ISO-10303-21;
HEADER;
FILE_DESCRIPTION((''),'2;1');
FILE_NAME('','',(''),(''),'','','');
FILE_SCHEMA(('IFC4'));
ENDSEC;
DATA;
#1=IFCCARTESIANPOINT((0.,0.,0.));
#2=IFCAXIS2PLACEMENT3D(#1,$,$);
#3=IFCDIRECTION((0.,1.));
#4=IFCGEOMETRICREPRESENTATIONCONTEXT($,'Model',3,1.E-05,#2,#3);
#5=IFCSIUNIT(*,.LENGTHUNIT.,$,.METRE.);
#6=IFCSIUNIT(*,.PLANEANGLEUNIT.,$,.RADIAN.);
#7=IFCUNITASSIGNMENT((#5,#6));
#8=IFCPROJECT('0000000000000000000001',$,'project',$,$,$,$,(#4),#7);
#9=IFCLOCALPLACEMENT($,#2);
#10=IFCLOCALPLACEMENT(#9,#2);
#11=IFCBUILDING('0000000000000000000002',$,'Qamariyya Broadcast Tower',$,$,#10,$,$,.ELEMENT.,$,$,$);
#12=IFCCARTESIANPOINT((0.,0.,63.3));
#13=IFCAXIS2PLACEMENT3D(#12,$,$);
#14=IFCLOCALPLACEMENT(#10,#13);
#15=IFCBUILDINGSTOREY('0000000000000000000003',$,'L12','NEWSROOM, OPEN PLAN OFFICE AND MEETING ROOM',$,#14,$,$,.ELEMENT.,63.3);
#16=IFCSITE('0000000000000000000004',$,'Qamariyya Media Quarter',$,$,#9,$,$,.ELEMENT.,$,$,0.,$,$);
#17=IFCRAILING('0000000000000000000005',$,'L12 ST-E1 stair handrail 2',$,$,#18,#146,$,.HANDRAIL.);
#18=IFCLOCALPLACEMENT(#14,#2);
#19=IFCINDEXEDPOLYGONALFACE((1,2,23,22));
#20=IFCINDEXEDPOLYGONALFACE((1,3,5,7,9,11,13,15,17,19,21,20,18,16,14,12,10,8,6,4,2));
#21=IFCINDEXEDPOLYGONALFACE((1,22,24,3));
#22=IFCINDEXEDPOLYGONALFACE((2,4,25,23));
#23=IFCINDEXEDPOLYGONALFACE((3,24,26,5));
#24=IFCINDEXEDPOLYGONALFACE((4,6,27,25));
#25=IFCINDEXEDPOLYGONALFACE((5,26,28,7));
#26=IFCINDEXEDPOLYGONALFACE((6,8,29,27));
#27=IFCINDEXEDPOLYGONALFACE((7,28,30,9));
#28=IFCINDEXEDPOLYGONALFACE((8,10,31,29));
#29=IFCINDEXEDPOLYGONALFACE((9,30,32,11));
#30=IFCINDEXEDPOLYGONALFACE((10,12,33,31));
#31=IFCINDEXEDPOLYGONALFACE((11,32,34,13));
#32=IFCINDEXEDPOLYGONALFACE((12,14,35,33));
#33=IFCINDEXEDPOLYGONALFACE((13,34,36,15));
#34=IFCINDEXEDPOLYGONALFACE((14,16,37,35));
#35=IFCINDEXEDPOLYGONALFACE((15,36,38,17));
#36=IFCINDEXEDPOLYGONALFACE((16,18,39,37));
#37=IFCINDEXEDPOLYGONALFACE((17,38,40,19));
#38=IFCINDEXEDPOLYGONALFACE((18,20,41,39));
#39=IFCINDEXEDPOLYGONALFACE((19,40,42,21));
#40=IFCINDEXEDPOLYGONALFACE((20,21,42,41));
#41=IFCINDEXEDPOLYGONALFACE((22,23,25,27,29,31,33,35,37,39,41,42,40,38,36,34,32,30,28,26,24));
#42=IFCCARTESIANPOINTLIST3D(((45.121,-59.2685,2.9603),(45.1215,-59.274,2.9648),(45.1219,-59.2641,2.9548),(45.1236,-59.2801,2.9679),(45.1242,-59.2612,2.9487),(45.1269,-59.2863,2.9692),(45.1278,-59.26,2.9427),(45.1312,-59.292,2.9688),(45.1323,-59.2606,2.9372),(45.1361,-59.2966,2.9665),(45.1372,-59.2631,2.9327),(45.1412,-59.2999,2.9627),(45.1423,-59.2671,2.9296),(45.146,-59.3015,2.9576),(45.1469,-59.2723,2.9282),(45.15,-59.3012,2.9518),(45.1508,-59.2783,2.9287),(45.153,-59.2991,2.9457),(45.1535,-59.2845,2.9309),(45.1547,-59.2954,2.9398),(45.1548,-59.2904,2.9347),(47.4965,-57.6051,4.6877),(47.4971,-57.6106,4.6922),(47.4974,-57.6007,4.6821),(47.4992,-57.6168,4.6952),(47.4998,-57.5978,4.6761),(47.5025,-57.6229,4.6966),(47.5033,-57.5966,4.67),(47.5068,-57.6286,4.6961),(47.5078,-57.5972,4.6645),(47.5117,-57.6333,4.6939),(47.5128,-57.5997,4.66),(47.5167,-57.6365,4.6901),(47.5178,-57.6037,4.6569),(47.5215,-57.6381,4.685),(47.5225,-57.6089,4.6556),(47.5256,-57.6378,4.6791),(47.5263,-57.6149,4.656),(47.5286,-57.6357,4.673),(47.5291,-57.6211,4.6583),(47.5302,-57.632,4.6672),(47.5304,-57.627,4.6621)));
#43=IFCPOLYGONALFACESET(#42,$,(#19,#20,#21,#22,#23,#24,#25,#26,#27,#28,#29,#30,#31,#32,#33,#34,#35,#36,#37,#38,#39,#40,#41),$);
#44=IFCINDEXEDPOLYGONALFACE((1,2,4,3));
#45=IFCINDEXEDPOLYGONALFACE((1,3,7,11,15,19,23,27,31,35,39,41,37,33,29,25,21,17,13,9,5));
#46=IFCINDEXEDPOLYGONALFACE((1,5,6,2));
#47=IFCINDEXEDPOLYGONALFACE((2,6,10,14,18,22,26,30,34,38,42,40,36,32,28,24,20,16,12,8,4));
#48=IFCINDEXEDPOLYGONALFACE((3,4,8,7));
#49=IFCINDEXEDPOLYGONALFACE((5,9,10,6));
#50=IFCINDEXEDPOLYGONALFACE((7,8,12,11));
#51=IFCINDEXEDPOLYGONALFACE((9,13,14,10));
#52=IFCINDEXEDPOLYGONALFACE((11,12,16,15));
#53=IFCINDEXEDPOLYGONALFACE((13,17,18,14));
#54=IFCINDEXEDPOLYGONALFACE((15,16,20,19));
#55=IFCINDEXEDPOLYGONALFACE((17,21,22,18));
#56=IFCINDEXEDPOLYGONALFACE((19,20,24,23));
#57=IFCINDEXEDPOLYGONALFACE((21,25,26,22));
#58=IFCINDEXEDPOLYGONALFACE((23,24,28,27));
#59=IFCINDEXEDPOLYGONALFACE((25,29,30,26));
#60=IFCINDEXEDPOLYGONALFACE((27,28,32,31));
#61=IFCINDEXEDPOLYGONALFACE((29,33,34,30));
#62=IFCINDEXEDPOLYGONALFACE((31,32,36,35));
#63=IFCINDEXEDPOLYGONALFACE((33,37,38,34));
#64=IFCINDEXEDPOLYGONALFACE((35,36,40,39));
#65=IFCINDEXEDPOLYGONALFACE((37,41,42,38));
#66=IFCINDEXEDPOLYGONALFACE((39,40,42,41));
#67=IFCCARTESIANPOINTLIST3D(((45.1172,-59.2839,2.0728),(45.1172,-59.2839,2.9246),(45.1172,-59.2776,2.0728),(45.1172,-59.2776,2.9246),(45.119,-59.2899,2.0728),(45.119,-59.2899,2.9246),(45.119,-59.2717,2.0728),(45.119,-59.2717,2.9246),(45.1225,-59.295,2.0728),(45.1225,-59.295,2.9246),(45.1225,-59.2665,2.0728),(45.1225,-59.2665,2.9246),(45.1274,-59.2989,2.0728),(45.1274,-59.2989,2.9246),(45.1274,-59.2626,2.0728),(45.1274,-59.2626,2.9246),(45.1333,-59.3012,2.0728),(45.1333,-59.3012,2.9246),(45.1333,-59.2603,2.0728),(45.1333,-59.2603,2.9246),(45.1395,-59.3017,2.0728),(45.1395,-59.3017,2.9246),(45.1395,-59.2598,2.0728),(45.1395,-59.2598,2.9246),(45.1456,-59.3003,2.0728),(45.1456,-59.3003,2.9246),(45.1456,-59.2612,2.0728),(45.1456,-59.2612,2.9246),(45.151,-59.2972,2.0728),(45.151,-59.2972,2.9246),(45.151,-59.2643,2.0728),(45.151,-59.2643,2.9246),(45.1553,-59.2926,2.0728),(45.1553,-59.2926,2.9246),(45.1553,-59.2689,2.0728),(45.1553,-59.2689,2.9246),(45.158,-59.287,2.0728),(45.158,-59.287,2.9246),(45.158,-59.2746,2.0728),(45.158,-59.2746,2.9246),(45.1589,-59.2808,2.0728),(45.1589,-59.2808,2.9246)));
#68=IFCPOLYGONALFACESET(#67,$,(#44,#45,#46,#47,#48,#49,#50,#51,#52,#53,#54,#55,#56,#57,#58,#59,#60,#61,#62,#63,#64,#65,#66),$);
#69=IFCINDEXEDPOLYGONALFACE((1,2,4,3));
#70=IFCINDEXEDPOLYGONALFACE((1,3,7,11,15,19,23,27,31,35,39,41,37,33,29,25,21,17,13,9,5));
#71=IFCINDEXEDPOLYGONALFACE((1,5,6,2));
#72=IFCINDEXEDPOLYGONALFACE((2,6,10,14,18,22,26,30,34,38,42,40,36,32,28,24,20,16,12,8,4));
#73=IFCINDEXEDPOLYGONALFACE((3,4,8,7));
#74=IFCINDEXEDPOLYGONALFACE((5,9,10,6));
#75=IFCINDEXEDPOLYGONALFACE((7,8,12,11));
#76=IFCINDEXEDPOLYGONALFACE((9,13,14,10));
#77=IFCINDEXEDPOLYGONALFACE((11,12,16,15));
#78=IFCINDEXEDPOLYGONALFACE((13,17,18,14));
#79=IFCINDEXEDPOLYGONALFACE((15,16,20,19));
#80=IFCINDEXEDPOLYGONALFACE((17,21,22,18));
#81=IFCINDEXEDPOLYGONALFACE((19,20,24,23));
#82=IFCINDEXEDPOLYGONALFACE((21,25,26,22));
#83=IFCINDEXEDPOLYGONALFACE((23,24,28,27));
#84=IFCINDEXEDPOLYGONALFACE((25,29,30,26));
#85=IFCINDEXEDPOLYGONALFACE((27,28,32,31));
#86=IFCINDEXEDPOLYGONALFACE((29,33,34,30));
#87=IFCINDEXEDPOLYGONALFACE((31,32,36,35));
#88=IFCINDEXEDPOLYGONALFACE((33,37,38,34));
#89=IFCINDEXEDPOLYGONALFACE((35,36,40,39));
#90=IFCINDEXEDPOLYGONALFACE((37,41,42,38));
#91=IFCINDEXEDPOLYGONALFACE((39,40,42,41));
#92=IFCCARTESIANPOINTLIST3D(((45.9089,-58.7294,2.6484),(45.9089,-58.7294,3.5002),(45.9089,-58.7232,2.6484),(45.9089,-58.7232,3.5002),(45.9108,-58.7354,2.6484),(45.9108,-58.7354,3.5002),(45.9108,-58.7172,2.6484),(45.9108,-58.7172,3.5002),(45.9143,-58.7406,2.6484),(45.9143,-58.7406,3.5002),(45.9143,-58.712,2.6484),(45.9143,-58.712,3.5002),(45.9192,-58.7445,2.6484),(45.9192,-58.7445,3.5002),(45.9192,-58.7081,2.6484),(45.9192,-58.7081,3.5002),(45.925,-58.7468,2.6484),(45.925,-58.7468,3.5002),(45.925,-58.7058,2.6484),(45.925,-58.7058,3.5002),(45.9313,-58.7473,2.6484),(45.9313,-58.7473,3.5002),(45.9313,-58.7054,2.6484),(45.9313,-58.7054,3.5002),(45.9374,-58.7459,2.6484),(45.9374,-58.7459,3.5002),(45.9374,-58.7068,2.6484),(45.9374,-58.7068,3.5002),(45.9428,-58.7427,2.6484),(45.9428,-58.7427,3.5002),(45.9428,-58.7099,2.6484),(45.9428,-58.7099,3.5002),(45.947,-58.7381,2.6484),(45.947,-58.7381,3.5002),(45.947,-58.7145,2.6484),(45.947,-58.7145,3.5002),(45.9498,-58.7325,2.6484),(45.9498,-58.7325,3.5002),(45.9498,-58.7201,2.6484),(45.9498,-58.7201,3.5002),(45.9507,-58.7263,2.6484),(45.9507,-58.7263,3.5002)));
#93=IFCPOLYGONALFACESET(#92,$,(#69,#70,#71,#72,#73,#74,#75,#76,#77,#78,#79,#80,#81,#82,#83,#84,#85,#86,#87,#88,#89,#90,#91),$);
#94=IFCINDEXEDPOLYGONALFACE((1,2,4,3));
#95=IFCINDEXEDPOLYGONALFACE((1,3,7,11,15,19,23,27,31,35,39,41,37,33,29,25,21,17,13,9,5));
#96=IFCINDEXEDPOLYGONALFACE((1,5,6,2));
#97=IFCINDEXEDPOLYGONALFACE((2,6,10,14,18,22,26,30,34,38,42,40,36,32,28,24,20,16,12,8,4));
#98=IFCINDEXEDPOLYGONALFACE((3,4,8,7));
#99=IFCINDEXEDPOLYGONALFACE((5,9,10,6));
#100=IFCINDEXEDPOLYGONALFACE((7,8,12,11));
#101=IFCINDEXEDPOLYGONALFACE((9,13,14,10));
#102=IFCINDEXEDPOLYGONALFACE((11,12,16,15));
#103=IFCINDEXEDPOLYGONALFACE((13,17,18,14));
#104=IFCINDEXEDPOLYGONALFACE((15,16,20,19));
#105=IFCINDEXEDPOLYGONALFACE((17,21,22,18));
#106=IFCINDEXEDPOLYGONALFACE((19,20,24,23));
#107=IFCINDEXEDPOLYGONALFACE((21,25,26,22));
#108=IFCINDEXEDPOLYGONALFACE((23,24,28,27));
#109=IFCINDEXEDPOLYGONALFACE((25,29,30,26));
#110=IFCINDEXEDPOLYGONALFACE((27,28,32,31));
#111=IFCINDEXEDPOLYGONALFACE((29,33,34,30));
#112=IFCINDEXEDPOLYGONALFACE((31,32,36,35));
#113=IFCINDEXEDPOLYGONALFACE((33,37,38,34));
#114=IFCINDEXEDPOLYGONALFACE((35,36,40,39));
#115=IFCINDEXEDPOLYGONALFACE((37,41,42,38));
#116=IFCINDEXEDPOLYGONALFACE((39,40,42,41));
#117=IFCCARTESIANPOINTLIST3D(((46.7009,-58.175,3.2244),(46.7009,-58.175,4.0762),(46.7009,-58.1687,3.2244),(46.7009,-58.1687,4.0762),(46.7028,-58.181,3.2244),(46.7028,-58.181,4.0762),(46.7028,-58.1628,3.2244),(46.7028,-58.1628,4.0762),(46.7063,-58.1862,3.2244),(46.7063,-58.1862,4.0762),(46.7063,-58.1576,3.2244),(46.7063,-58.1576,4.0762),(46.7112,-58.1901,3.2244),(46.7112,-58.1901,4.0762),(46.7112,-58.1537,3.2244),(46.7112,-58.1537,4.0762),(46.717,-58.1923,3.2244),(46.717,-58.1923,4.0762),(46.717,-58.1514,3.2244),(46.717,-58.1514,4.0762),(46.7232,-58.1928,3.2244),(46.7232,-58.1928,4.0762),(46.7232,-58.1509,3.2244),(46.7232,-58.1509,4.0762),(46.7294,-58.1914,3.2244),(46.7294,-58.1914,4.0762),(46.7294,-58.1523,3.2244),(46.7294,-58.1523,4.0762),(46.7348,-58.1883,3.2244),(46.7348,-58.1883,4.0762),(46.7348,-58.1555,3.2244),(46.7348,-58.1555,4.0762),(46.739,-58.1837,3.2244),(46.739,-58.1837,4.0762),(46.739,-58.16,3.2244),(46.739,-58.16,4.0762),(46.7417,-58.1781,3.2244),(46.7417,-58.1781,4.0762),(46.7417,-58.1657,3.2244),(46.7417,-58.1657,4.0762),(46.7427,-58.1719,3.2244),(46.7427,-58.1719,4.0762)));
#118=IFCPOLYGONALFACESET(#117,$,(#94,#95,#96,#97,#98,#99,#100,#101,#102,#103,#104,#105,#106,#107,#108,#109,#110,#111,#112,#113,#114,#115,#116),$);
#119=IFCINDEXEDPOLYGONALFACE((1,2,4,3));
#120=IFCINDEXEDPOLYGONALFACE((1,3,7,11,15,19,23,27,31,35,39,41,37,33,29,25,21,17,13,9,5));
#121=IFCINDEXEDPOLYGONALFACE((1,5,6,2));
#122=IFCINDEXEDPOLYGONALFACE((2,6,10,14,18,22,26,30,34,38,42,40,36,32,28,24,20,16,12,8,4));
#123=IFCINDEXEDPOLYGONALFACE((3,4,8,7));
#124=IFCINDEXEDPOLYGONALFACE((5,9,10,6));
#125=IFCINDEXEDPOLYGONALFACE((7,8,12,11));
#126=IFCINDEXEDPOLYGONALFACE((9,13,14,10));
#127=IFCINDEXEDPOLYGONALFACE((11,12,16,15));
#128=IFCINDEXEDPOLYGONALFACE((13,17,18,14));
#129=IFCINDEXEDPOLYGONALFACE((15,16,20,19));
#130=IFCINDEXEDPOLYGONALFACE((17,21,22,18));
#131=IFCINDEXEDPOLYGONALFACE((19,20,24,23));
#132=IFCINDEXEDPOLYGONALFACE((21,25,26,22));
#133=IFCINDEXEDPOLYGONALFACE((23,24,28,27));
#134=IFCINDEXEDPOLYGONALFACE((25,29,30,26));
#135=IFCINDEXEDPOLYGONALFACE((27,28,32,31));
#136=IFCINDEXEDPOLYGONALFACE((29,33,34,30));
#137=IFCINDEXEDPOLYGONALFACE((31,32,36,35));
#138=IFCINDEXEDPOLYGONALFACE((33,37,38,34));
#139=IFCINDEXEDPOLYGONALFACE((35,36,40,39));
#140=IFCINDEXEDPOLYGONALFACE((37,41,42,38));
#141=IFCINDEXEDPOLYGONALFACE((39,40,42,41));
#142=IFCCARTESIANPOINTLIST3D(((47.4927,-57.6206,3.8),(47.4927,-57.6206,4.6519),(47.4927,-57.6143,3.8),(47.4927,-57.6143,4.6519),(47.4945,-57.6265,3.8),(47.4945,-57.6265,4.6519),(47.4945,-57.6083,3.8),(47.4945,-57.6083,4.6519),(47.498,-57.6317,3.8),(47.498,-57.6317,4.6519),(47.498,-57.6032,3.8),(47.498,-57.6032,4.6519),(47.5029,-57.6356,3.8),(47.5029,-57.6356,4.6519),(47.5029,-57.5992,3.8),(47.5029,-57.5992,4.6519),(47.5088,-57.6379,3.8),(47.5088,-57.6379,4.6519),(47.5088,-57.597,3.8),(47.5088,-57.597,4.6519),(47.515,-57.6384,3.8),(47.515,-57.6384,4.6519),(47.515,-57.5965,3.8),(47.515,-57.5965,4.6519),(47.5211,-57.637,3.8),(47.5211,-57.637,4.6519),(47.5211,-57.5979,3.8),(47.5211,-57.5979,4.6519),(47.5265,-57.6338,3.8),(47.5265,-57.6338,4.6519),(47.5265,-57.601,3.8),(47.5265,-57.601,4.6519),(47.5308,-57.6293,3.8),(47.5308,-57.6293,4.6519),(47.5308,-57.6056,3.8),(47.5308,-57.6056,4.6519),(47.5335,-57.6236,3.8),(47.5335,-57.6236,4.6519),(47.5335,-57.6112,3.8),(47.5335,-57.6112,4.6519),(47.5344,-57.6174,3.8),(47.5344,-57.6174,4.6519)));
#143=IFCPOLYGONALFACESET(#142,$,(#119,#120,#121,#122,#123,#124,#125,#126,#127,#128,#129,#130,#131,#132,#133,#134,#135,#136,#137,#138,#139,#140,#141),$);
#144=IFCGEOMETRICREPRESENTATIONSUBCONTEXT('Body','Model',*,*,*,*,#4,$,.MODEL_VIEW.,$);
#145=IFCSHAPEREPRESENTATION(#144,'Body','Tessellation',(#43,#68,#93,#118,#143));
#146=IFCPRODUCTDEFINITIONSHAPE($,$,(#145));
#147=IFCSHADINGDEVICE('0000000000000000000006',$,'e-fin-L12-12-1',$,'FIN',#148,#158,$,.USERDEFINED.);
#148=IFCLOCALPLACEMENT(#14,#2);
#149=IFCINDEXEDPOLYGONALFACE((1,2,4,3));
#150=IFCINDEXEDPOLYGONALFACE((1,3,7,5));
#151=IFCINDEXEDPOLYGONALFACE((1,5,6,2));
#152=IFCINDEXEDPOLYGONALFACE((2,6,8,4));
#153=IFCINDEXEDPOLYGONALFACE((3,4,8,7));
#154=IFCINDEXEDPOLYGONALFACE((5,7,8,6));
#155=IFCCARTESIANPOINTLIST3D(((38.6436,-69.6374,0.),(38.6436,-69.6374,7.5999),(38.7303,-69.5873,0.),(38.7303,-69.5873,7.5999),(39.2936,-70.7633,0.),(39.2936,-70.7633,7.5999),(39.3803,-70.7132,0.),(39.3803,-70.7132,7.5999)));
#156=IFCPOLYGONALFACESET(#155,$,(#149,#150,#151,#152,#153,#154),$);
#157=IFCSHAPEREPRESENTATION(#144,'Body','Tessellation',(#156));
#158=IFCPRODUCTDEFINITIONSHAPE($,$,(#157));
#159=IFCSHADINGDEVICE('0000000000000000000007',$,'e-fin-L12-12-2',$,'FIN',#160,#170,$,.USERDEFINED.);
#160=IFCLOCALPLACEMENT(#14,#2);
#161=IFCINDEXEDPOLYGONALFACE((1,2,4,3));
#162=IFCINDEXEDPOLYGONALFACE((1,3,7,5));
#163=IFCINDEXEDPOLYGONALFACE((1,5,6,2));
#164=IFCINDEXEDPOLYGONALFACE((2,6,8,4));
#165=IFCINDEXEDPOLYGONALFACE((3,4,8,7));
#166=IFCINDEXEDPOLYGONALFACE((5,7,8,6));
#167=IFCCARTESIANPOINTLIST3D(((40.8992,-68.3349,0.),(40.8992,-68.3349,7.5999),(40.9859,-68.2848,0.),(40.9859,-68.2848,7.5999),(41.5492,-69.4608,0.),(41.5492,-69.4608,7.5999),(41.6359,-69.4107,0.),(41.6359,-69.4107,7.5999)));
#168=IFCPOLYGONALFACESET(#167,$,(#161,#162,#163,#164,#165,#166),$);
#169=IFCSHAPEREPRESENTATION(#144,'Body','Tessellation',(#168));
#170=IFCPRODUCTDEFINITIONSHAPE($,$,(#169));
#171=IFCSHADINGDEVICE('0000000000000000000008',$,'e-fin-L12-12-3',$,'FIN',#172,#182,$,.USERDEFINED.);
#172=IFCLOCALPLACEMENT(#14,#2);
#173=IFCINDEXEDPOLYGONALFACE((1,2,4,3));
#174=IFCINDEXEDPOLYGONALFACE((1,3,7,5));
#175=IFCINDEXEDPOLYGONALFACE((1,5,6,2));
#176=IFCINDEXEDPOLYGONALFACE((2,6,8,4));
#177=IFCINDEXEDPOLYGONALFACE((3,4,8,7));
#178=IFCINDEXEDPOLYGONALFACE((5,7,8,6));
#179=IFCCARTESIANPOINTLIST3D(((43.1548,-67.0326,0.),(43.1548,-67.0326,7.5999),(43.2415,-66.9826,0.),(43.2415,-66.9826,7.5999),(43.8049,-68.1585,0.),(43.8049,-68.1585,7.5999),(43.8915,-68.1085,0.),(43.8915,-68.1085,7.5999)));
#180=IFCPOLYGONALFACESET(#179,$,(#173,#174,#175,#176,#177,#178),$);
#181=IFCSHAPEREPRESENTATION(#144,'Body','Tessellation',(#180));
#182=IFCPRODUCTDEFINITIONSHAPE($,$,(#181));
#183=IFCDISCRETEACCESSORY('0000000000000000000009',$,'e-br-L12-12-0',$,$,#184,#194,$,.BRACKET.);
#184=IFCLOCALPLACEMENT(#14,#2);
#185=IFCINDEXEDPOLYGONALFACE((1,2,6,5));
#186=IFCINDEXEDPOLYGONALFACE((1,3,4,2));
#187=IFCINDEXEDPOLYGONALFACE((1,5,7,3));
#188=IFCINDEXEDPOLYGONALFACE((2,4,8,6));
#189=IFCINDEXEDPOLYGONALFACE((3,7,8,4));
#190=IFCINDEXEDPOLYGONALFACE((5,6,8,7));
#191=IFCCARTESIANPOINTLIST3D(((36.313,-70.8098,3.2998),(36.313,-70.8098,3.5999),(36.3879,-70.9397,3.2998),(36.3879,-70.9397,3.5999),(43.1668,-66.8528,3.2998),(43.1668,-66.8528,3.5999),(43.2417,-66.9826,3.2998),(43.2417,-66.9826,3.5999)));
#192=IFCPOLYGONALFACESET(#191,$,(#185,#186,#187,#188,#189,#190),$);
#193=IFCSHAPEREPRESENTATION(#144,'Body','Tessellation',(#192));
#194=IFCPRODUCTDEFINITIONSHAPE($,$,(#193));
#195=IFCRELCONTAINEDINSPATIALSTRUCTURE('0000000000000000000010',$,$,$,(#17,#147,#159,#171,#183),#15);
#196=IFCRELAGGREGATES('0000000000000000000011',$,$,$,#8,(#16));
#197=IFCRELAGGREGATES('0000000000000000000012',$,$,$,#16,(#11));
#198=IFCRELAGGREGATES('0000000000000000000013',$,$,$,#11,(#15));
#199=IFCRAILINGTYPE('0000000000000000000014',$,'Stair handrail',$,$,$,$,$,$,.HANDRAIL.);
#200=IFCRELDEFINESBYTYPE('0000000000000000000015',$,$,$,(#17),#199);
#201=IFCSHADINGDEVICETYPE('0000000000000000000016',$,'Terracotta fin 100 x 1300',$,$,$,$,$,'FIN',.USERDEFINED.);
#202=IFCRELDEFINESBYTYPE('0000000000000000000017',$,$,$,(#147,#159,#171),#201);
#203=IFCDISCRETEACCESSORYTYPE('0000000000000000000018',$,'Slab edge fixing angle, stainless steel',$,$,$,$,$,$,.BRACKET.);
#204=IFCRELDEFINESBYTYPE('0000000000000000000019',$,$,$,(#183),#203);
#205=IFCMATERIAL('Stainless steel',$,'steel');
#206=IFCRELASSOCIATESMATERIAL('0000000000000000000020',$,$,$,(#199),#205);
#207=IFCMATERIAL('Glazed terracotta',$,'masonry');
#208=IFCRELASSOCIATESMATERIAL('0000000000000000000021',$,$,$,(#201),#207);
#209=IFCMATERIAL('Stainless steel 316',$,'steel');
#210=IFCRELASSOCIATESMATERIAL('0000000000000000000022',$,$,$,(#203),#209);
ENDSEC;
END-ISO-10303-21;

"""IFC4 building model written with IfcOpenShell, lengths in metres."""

from ifc_helpers import new_model, si_unit, direction, frame, origin, origin_2d, place, context, subcontext, project, spatial, rectangle, circle, extrude, material, material_profile, profile_set, type_object, element, save


model = new_model("IFC4")

# Units and contexts
model_context = context("Model", 3, precision=1e-05, world=origin(), true_north=direction((0.0, 1.0)))
body_context = subcontext(model_context, "Body", "Model", "MODEL_VIEW")
ifc_project = project(units=[si_unit("LENGTHUNIT", "METRE"), si_unit("PLANEANGLEUNIT", "RADIAN")], contexts=[model_context])

# Site, building, storey
site_placement = place(None, origin())
site = spatial("IfcSite", under=ifc_project, at=site_placement, Name="Qamariyya Media Quarter", CompositionType="ELEMENT", RefElevation=0.0)
building_placement = place(site_placement, origin())
building = spatial("IfcBuilding", under=site, at=building_placement, Name="Qamariyya Broadcast Tower", CompositionType="ELEMENT")
storey_placement = place(building_placement, frame((0.0, 0.0, 63.3)))
storey = spatial("IfcBuildingStorey", under=building, at=storey_placement, Name="L12", Description="NEWSROOM, OPEN PLAN OFFICE AND MEETING ROOM", CompositionType="ELEMENT", Elevation=63.3)

# Railing
ifc_material_1 = material(Name="Stainless steel", Category="steel")
railing_type_1 = type_object("IfcRailingType", Name="Stair handrail", PredefinedType="HANDRAIL", material=ifc_material_1)
railing_1_placement = place(storey_placement, frame((45.1379, -59.2808, 2.0728)))
element("IfcRailing", 1, at=railing_1_placement, inside=storey, type_object=railing_type_1, Name="L12 ST-E1 stair handrail 2", PredefinedType="HANDRAIL", context=body_context, shape_type="SweptSolid", body=[
    extrude(circle(Radius=0.0239, at=origin_2d()), frame((0.0, 0.0, 0.876), z_axis=(0.70377, 0.492784, 0.511734), x_axis=(-0.573575, 0.819153, 0.0)), (0.0, 0.0, 1.0), 3.3755),
    extrude(circle(Radius=0.021, at=origin_2d()), origin(), (0.0, 0.0, 1.0), 0.8518),
    extrude(circle(Radius=0.021, at=origin_2d()), frame((0.7917, 0.5544, 0.5757)), (0.0, 0.0, 1.0), 0.8518),
    extrude(circle(Radius=0.021, at=origin_2d()), frame((1.5837, 1.1089, 1.1516)), (0.0, 0.0, 1.0), 0.8518),
    extrude(circle(Radius=0.021, at=origin_2d()), frame((2.3755, 1.6633, 1.7273)), (0.0, 0.0, 1.0), 0.8518),
])

# Shading devices
ifc_material_2 = material(Name="Glazed terracotta", Category="masonry")
ifc_material_profile_1 = material_profile(ifc_material_2, rectangle(XDim=1.3, YDim=0.1001, at=origin_2d()))
ifc_profile_set_1 = profile_set([ifc_material_profile_1], Name="Glazed terracotta")
shading_device_type_1 = type_object("IfcShadingDeviceType", Name="Terracotta fin 100 x 1300", ElementType="FIN", PredefinedType="USERDEFINED", material=ifc_profile_set_1)
for number, where, z_axis, x_axis, name in (
    (2, (39.012, -70.1753, 0.0), (0.0, 0.0, 1.0), (0.5, -0.866025, 0.0), "e-fin-L12-12-1"),
    (3, (41.2676, -68.8728, 0.0), (0.0, 0.0, 1.0), (0.5, -0.866025, 0.0), "e-fin-L12-12-2"),
    (4, (43.5232, -67.5706, 0.0), (0.0, 0.0, 1.0), (0.5, -0.866025, 0.0), "e-fin-L12-12-3"),
):
    element("IfcShadingDevice", number, at=place(storey_placement, frame(where, z_axis=z_axis, x_axis=x_axis)), inside=storey, type_object=shading_device_type_1, Name=name, ObjectType="FIN", PredefinedType="USERDEFINED", context=body_context, shape_type="SweptSolid", body=[
        extrude(rectangle(XDim=1.3, YDim=0.1001, at=origin_2d()), origin(), (0.0, 0.0, 1.0), 7.5999),
    ])

# Discrete accessory
ifc_material_3 = material(Name="Stainless steel 316", Category="steel")
discrete_accessory_type = type_object("IfcDiscreteAccessoryType", Name="Slab edge fixing angle, stainless steel", PredefinedType="BRACKET", material=ifc_material_3)
discrete_accessory_placement = place(storey_placement, frame((39.7773, -68.8962, 3.2998), z_axis=(0.0, 0.0, 1.0), x_axis=(0.866025, 0.5, 0.0)))
element("IfcDiscreteAccessory", 5, at=discrete_accessory_placement, inside=storey, type_object=discrete_accessory_type, Name="e-br-L12-12-0", PredefinedType="BRACKET", context=body_context, shape_type="SweptSolid", body=[
    extrude(rectangle(XDim=7.9141, YDim=0.1499, at=origin_2d()), origin(), (0.0, 0.0, 1.0), 0.3),
])

save(model, "model.ifc")
